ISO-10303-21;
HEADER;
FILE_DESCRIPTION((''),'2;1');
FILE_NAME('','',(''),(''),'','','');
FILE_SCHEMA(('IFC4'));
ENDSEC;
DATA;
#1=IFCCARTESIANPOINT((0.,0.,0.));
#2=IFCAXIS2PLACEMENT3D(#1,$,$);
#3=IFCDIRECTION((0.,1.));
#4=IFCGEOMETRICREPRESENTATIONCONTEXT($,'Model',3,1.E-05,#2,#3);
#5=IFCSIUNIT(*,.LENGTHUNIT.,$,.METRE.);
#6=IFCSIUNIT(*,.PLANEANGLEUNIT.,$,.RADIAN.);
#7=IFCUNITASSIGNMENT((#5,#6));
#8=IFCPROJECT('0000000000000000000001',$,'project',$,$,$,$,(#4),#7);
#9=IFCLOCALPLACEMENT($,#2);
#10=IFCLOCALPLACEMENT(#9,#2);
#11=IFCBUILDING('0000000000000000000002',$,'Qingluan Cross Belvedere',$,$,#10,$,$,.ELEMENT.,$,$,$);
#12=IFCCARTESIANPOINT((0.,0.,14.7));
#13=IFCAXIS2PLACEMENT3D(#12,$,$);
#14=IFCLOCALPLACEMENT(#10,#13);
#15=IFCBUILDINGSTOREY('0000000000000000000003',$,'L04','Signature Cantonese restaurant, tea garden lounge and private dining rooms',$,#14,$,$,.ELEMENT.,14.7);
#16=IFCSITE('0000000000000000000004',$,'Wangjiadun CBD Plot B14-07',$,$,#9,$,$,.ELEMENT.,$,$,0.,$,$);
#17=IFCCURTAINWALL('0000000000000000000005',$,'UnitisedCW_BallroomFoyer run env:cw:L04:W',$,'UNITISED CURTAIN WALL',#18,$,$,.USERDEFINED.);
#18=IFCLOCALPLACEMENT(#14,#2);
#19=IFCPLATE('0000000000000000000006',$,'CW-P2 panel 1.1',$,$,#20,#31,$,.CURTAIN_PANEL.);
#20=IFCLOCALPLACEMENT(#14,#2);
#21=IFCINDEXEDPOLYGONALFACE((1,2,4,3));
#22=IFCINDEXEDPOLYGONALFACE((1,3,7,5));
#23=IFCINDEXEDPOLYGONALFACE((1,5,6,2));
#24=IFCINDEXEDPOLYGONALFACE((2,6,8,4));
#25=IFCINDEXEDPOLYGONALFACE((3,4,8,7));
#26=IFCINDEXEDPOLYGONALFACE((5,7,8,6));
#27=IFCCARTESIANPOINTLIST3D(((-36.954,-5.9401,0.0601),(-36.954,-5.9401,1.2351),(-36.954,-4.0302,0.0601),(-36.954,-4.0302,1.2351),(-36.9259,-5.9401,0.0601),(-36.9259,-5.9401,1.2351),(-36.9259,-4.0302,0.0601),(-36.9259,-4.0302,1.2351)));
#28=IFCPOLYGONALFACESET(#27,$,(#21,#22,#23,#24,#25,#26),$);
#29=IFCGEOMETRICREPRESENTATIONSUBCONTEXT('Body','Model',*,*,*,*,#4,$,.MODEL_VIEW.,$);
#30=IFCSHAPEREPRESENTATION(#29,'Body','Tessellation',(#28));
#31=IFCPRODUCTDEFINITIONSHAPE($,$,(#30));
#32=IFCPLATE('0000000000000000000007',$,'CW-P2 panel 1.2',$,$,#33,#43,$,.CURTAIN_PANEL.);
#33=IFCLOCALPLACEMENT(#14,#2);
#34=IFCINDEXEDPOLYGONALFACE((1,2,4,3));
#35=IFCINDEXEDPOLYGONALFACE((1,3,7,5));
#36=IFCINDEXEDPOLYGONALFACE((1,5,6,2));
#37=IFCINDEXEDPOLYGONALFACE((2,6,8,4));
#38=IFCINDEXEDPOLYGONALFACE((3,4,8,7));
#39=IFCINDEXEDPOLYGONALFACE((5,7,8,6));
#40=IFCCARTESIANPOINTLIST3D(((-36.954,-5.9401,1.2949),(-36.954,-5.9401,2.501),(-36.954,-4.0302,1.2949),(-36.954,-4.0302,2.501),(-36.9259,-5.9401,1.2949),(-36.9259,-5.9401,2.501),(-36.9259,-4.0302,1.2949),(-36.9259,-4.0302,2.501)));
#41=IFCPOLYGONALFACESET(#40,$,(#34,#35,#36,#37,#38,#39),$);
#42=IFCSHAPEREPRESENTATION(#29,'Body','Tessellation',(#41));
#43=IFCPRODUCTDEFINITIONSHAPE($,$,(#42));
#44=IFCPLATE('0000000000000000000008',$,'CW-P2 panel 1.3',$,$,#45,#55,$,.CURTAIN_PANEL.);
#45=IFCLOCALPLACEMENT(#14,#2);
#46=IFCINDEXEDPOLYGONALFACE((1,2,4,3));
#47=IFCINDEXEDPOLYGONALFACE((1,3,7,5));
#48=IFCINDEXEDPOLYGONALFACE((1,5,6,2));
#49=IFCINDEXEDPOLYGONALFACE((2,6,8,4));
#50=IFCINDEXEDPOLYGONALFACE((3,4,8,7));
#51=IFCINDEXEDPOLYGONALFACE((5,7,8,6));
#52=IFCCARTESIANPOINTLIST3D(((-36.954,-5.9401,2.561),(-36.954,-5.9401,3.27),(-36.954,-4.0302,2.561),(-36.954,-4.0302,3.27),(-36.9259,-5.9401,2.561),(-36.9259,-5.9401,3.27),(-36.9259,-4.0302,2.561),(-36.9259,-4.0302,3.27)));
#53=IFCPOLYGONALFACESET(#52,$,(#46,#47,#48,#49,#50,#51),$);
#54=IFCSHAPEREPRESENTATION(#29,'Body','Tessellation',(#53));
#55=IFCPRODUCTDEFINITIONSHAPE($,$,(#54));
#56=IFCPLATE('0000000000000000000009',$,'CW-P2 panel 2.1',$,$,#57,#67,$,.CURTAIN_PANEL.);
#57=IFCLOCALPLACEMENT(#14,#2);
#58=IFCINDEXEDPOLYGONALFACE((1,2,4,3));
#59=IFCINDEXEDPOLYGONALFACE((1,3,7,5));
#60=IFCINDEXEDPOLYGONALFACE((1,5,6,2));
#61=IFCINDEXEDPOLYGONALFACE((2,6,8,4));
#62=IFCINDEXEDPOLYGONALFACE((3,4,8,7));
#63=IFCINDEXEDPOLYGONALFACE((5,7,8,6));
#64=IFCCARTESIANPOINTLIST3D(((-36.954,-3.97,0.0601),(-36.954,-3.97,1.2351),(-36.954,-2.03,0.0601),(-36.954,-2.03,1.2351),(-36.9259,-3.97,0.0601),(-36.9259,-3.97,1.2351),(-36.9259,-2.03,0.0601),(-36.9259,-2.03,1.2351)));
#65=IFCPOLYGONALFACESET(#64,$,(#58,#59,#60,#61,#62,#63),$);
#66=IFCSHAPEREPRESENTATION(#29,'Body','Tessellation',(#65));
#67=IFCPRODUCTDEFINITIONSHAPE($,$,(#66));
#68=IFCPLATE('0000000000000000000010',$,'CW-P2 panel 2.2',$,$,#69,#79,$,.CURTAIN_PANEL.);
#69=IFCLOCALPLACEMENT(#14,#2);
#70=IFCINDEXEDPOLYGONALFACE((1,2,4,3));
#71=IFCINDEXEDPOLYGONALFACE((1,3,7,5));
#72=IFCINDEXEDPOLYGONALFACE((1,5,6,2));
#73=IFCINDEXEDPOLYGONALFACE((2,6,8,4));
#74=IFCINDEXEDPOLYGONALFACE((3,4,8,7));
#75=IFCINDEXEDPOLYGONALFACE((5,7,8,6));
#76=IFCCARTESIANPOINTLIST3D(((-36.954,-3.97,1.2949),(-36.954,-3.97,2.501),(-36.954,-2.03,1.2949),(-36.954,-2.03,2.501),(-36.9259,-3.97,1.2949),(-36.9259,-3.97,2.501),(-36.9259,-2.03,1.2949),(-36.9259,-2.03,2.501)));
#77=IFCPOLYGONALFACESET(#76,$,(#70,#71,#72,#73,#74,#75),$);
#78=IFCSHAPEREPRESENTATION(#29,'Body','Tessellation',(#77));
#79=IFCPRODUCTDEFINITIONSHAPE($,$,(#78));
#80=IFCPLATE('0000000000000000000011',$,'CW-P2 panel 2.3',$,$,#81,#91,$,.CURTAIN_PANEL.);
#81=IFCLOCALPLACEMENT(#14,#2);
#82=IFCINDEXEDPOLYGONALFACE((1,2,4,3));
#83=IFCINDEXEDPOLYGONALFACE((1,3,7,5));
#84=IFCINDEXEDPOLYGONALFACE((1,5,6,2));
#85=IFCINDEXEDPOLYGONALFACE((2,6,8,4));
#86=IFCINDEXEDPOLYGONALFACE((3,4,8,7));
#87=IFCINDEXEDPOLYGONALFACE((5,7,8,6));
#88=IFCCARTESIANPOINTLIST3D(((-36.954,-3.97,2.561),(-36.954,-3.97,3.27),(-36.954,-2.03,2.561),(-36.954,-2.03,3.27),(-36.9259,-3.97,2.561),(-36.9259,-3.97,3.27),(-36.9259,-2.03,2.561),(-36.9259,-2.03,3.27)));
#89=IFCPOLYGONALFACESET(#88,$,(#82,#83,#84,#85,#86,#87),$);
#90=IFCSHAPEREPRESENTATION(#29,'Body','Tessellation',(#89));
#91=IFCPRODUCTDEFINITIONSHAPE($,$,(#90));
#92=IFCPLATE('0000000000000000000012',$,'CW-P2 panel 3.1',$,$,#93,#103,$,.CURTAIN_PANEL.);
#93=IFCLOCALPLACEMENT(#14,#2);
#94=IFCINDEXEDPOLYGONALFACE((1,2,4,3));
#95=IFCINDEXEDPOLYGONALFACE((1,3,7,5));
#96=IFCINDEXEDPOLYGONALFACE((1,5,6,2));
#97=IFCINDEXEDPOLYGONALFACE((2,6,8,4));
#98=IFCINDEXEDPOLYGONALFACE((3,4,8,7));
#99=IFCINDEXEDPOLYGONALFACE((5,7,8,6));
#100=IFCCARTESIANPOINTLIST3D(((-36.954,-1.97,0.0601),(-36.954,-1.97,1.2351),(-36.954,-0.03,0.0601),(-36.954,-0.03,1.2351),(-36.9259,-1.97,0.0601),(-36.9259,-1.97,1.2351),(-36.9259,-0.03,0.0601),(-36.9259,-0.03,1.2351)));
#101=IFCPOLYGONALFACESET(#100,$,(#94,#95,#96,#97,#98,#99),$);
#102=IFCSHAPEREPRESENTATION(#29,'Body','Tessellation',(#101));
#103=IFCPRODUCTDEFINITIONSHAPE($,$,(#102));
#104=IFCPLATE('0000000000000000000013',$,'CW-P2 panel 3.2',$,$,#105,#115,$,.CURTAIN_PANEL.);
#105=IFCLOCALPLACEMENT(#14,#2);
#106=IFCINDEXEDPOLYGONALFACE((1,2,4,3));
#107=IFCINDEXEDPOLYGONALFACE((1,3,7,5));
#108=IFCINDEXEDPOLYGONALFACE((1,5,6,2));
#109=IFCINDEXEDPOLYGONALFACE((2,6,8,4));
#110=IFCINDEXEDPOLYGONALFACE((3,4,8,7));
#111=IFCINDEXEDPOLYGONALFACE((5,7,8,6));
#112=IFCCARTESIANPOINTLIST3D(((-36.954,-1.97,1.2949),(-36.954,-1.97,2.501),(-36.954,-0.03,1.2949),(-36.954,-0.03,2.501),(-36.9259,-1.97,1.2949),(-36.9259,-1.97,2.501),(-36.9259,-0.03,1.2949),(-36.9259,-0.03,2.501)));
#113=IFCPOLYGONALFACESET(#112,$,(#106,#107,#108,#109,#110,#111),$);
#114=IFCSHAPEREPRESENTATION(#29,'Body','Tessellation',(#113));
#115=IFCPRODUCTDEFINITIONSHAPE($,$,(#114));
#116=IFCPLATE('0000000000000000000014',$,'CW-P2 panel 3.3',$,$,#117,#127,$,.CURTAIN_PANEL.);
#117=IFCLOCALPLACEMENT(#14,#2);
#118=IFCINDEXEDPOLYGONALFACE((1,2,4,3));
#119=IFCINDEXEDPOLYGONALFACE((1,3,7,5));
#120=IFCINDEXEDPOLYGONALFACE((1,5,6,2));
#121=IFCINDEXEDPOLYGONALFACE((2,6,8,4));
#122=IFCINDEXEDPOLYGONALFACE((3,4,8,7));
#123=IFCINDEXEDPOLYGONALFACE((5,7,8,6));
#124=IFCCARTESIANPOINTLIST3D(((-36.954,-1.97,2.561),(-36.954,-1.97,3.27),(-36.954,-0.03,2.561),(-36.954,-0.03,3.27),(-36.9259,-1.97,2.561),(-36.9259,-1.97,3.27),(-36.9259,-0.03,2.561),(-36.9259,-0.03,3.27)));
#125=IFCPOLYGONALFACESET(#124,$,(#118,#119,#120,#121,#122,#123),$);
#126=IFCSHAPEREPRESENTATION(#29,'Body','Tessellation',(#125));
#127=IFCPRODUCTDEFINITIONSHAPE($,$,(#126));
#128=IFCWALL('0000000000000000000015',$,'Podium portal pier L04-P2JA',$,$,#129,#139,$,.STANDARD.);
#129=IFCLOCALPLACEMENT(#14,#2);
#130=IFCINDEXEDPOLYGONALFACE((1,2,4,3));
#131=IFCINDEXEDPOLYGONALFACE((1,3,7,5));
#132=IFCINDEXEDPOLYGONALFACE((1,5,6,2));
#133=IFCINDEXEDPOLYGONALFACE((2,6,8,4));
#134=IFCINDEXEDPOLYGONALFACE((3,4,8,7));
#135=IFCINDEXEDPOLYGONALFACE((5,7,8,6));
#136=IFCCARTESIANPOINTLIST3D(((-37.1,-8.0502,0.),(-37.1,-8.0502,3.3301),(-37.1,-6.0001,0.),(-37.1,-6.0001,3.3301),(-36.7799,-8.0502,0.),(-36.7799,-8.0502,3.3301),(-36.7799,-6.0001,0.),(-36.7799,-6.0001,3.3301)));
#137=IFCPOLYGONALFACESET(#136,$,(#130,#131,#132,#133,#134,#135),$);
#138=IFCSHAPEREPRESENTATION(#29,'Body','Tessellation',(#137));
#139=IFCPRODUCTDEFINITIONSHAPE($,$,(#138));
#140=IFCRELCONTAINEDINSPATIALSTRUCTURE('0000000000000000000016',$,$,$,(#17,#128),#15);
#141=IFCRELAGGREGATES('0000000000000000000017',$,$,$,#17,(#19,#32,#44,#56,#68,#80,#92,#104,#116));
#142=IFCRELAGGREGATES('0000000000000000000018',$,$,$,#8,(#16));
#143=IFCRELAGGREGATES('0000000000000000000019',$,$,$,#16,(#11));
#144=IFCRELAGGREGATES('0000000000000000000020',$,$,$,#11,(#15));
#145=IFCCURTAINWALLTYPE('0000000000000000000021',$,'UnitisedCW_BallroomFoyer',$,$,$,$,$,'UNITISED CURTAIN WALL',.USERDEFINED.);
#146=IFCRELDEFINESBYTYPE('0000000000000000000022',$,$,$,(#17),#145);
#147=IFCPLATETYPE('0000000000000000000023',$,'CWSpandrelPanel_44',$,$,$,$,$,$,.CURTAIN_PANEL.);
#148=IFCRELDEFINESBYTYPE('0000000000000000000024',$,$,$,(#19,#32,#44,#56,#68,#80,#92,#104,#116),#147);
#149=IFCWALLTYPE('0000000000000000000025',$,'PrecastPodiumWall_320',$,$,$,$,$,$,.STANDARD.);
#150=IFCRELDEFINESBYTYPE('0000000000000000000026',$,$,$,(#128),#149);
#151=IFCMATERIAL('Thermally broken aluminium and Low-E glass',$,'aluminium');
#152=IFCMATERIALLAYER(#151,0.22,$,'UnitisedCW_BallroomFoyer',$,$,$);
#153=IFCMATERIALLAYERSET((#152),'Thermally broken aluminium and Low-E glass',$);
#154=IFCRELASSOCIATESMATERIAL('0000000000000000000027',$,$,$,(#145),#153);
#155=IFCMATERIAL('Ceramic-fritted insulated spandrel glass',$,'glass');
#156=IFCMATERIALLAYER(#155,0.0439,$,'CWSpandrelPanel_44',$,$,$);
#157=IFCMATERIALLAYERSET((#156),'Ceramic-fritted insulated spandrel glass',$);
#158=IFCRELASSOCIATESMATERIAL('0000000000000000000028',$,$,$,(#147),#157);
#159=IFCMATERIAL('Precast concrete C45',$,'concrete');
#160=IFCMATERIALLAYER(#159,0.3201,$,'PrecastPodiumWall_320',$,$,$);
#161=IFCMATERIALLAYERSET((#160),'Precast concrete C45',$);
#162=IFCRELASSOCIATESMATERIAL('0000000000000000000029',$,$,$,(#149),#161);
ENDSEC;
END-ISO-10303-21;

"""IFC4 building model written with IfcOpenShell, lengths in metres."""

from ifc_helpers import new_model, si_unit, direction, frame, frame_2d, origin, origin_2d, place, context, subcontext, project, spatial, rectangle, extrude, material, layer, layer_set, type_object, element, aggregate, save


model = new_model("IFC4")

# Units and contexts
model_context = context("Model", 3, precision=1e-05, world=origin(), true_north=direction((0.0, 1.0)))
body_context = subcontext(model_context, "Body", "Model", "MODEL_VIEW")
ifc_project = project(units=[si_unit("LENGTHUNIT", "METRE"), si_unit("PLANEANGLEUNIT", "RADIAN")], contexts=[model_context])

# Site, building, storey
site_placement = place(None, origin())
site = spatial("IfcSite", under=ifc_project, at=site_placement, Name="Wangjiadun CBD Plot B14-07", CompositionType="ELEMENT", RefElevation=0.0)
building_placement = place(site_placement, origin())
building = spatial("IfcBuilding", under=site, at=building_placement, Name="Qingluan Cross Belvedere", CompositionType="ELEMENT")
storey_placement = place(building_placement, frame((0.0, 0.0, 14.7)))
storey = spatial("IfcBuildingStorey", under=building, at=storey_placement, Name="L04", Description="Signature Cantonese restaurant, tea garden lounge and private dining rooms", CompositionType="ELEMENT", Elevation=14.7)

# Curtain wall
ifc_material_1 = material(Name="Thermally broken aluminium and Low-E glass", Category="aluminium")
ifc_layer_1 = layer(ifc_material_1, 0.22, Name="UnitisedCW_BallroomFoyer")
ifc_layer_set_1 = layer_set([ifc_layer_1], Name="Thermally broken aluminium and Low-E glass")
curtain_wall_type = type_object("IfcCurtainWallType", Name="UnitisedCW_BallroomFoyer", ElementType="UNITISED CURTAIN WALL", PredefinedType="USERDEFINED", material=ifc_layer_set_1)
curtain_wall_placement = place(storey_placement, origin())
curtain_wall = element("IfcCurtainWall", 1, at=curtain_wall_placement, inside=storey, type_object=curtain_wall_type, Name="UnitisedCW_BallroomFoyer run env:cw:L04:W", ObjectType="UNITISED CURTAIN WALL", PredefinedType="USERDEFINED")

# Plates
ifc_material_2 = material(Name="Ceramic-fritted insulated spandrel glass", Category="glass")
ifc_layer_2 = layer(ifc_material_2, 0.0439, Name="CWSpandrelPanel_44")
ifc_layer_set_2 = layer_set([ifc_layer_2], Name="Ceramic-fritted insulated spandrel glass")
plate_type = type_object("IfcPlateType", Name="CWSpandrelPanel_44", PredefinedType="CURTAIN_PANEL", material=ifc_layer_set_2)
plate_1_placement = place(storey_placement, frame((-36.9399, -4.9851, 0.0601), z_axis=(0.0, 0.0, 1.0), x_axis=(0.0, 1.0, 0.0)))
plate_1 = element("IfcPlate", 2, at=plate_1_placement, type_object=plate_type, Name="CW-P2 panel 1.1", PredefinedType="CURTAIN_PANEL", context=body_context, shape_type="SweptSolid", body=[
    extrude(rectangle(XDim=1.9099, YDim=0.0281, at=origin_2d()), origin(), (0.0, 0.0, 1.0), 1.175),
])
plate_2_placement = place(storey_placement, frame((-36.9399, -4.9851, 1.2949), z_axis=(0.0, 0.0, 1.0), x_axis=(0.0, 1.0, 0.0)))
plate_2 = element("IfcPlate", 3, at=plate_2_placement, type_object=plate_type, Name="CW-P2 panel 1.2", PredefinedType="CURTAIN_PANEL", context=body_context, shape_type="SweptSolid", body=[
    extrude(rectangle(XDim=1.9099, YDim=0.0281, at=origin_2d()), origin(), (0.0, 0.0, 1.0), 1.2061),
])
plate_3_placement = place(storey_placement, frame((-36.9399, -4.9851, 2.561), z_axis=(0.0, 0.0, 1.0), x_axis=(0.0, 1.0, 0.0)))
plate_3 = element("IfcPlate", 4, at=plate_3_placement, type_object=plate_type, Name="CW-P2 panel 1.3", PredefinedType="CURTAIN_PANEL", context=body_context, shape_type="SweptSolid", body=[
    extrude(rectangle(XDim=1.9099, YDim=0.0281, at=origin_2d()), origin(), (0.0, 0.0, 1.0), 0.709),
])
plate_4_placement = place(storey_placement, frame((-36.9399, -3.0, 0.0601), z_axis=(0.0, 0.0, 1.0), x_axis=(0.0, 1.0, 0.0)))
plate_4 = element("IfcPlate", 5, at=plate_4_placement, type_object=plate_type, Name="CW-P2 panel 2.1", PredefinedType="CURTAIN_PANEL", context=body_context, shape_type="SweptSolid", body=[
    extrude(rectangle(XDim=1.9399, YDim=0.0281, at=origin_2d()), origin(), (0.0, 0.0, 1.0), 1.175),
])
plate_5_placement = place(storey_placement, frame((-36.9399, -3.0, 1.2949), z_axis=(0.0, 0.0, 1.0), x_axis=(0.0, 1.0, 0.0)))
plate_5 = element("IfcPlate", 6, at=plate_5_placement, type_object=plate_type, Name="CW-P2 panel 2.2", PredefinedType="CURTAIN_PANEL", context=body_context, shape_type="SweptSolid", body=[
    extrude(rectangle(XDim=1.9399, YDim=0.0281, at=origin_2d()), origin(), (0.0, 0.0, 1.0), 1.2061),
])
plate_6_placement = place(storey_placement, frame((-36.9399, -3.0, 2.561), z_axis=(0.0, 0.0, 1.0), x_axis=(0.0, 1.0, 0.0)))
plate_6 = element("IfcPlate", 7, at=plate_6_placement, type_object=plate_type, Name="CW-P2 panel 2.3", PredefinedType="CURTAIN_PANEL", context=body_context, shape_type="SweptSolid", body=[
    extrude(rectangle(XDim=1.9399, YDim=0.0281, at=origin_2d()), origin(), (0.0, 0.0, 1.0), 0.709),
])
plate_7_placement = place(storey_placement, frame((-36.9399, -1.0, 0.0601), z_axis=(0.0, 0.0, 1.0), x_axis=(0.0, 1.0, 0.0)))
plate_7 = element("IfcPlate", 8, at=plate_7_placement, type_object=plate_type, Name="CW-P2 panel 3.1", PredefinedType="CURTAIN_PANEL", context=body_context, shape_type="SweptSolid", body=[
    extrude(rectangle(XDim=1.9399, YDim=0.0281, at=origin_2d()), origin(), (0.0, 0.0, 1.0), 1.175),
])
plate_8_placement = place(storey_placement, frame((-36.9399, -1.0, 1.2949), z_axis=(0.0, 0.0, 1.0), x_axis=(0.0, 1.0, 0.0)))
plate_8 = element("IfcPlate", 9, at=plate_8_placement, type_object=plate_type, Name="CW-P2 panel 3.2", PredefinedType="CURTAIN_PANEL", context=body_context, shape_type="SweptSolid", body=[
    extrude(rectangle(XDim=1.9399, YDim=0.0281, at=origin_2d()), origin(), (0.0, 0.0, 1.0), 1.2061),
])
plate_9_placement = place(storey_placement, frame((-36.9399, -1.0, 2.561), z_axis=(0.0, 0.0, 1.0), x_axis=(0.0, 1.0, 0.0)))
plate_9 = element("IfcPlate", 10, at=plate_9_placement, type_object=plate_type, Name="CW-P2 panel 3.3", PredefinedType="CURTAIN_PANEL", context=body_context, shape_type="SweptSolid", body=[
    extrude(rectangle(XDim=1.9399, YDim=0.0281, at=origin_2d()), origin(), (0.0, 0.0, 1.0), 0.709),
])
aggregate(curtain_wall, [plate_1, plate_2, plate_3, plate_4, plate_5, plate_6, plate_7, plate_8, plate_9])

# Wall
ifc_material_3 = material(Name="Precast concrete C45", Category="concrete")
ifc_layer_3 = layer(ifc_material_3, 0.3201, Name="PrecastPodiumWall_320")
ifc_layer_set_3 = layer_set([ifc_layer_3], Name="Precast concrete C45")
wall_type = type_object("IfcWallType", Name="PrecastPodiumWall_320", PredefinedType="STANDARD", material=ifc_layer_set_3)
wall_placement = place(storey_placement, frame((-36.9399, -8.05, 0.0), z_axis=(0.0, 0.0, 1.0), x_axis=(0.0, 1.0, 0.0)))
element("IfcWall", 11, at=wall_placement, inside=storey, type_object=wall_type, Name="Podium portal pier L04-P2JA", PredefinedType="STANDARD", context=body_context, shape_type="SweptSolid", body=[
    extrude(rectangle(XDim=2.05, YDim=0.3201, at=frame_2d((1.0249, 0.0))), origin(), (0.0, 0.0, 1.0), 3.3301),
])

save(model, "model.ifc")
